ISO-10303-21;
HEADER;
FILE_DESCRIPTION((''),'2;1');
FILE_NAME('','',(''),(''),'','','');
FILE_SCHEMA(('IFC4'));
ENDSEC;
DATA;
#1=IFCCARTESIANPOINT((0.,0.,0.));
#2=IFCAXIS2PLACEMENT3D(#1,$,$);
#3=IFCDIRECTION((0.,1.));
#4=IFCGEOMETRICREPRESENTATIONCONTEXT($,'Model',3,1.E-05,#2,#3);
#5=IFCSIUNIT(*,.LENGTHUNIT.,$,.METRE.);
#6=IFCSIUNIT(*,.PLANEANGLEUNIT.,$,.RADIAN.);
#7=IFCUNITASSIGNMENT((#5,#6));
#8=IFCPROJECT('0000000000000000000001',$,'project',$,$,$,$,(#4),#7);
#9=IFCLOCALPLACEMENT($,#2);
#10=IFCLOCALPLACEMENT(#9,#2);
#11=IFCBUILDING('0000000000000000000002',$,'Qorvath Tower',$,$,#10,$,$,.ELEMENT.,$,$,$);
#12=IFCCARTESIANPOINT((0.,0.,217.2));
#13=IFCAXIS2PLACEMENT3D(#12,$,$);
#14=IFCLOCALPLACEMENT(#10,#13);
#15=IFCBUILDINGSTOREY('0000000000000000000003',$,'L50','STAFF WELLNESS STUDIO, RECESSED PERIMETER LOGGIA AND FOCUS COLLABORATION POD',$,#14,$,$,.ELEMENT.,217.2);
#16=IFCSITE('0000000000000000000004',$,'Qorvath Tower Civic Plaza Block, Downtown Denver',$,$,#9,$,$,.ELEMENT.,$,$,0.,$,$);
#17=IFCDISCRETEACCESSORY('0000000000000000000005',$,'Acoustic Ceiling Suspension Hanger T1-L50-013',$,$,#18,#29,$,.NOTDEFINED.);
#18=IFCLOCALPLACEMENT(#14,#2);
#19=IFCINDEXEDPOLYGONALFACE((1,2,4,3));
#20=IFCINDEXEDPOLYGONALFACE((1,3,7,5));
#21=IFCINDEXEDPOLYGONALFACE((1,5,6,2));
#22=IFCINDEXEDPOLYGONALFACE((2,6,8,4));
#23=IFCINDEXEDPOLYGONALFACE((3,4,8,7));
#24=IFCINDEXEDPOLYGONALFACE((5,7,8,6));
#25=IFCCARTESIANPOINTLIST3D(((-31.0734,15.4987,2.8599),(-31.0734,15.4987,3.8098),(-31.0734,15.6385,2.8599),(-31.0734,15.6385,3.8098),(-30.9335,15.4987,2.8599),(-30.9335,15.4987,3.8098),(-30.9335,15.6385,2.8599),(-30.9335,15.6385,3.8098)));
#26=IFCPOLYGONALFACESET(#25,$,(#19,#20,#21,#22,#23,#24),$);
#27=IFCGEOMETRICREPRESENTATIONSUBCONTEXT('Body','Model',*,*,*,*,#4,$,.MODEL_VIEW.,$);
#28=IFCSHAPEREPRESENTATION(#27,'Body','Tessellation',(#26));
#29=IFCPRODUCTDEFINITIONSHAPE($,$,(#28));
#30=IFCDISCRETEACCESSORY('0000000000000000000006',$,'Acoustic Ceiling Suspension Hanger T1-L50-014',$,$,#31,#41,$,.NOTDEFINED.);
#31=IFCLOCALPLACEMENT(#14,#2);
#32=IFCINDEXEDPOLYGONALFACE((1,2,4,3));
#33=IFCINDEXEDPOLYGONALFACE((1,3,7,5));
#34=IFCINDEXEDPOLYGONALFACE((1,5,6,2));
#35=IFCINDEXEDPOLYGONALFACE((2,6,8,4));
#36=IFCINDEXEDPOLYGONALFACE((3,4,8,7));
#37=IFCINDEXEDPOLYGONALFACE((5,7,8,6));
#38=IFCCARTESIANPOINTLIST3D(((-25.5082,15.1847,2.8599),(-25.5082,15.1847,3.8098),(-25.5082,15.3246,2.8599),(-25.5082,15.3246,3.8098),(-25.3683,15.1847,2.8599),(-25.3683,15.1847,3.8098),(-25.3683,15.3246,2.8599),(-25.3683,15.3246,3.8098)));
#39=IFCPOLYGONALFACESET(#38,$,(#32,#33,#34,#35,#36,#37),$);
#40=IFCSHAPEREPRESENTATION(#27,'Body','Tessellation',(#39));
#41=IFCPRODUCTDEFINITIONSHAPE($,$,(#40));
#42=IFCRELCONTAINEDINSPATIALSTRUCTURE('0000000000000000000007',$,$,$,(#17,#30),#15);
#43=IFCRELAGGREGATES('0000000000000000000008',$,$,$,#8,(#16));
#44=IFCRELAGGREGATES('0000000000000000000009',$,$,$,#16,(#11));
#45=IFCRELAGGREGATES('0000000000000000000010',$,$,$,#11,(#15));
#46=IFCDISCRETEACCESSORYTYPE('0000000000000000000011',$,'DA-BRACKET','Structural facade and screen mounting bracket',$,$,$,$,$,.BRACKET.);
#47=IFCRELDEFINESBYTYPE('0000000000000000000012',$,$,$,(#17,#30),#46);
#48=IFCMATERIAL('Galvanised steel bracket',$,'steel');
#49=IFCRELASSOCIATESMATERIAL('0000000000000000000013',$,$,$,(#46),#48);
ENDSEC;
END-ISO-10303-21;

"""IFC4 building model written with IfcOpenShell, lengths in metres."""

from ifc_helpers import new_model, si_unit, direction, frame, origin, origin_2d, place, context, subcontext, project, spatial, rectangle, extrude, material, type_object, element, save


model = new_model("IFC4")

# Units and contexts
model_context = context("Model", 3, precision=1e-05, world=origin(), true_north=direction((0.0, 1.0)))
body_context = subcontext(model_context, "Body", "Model", "MODEL_VIEW")
ifc_project = project(units=[si_unit("LENGTHUNIT", "METRE"), si_unit("PLANEANGLEUNIT", "RADIAN")], contexts=[model_context])

# Site, building, storey
site_placement = place(None, origin())
site = spatial("IfcSite", under=ifc_project, at=site_placement, Name="Qorvath Tower Civic Plaza Block, Downtown Denver", CompositionType="ELEMENT", RefElevation=0.0)
building_placement = place(site_placement, origin())
building = spatial("IfcBuilding", under=site, at=building_placement, Name="Qorvath Tower", CompositionType="ELEMENT")
storey_placement = place(building_placement, frame((0.0, 0.0, 217.2)))
storey = spatial("IfcBuildingStorey", under=building, at=storey_placement, Name="L50", Description="STAFF WELLNESS STUDIO, RECESSED PERIMETER LOGGIA AND FOCUS COLLABORATION POD", CompositionType="ELEMENT", Elevation=217.2)

# Discrete accessories
ifc_material_1 = material(Name="Galvanised steel bracket", Category="steel")
discrete_accessory_type = type_object("IfcDiscreteAccessoryType", Name="DA-BRACKET", Description="Structural facade and screen mounting bracket", PredefinedType="BRACKET", material=ifc_material_1)
for number, where, z_axis, x_axis, name in (
    (1, (-31.0034, 15.5686, 2.8599), (0.0, 0.0, 1.0), (1.0, 0.0, 0.0), "Acoustic Ceiling Suspension Hanger T1-L50-013"),
    (2, (-25.4382, 15.2546, 2.8599), (0.0, 0.0, 1.0), (1.0, 0.0, 0.0), "Acoustic Ceiling Suspension Hanger T1-L50-014"),
):
    element("IfcDiscreteAccessory", number, at=place(storey_placement, frame(where, z_axis=z_axis, x_axis=x_axis)), inside=storey, type_object=discrete_accessory_type, Name=name, PredefinedType="NOTDEFINED", context=body_context, shape_type="SweptSolid", body=[
        extrude(rectangle(XDim=0.1399, YDim=0.1399, at=origin_2d()), origin(), (0.0, 0.0, 1.0), 0.95),
    ])

save(model, "model.ifc")
